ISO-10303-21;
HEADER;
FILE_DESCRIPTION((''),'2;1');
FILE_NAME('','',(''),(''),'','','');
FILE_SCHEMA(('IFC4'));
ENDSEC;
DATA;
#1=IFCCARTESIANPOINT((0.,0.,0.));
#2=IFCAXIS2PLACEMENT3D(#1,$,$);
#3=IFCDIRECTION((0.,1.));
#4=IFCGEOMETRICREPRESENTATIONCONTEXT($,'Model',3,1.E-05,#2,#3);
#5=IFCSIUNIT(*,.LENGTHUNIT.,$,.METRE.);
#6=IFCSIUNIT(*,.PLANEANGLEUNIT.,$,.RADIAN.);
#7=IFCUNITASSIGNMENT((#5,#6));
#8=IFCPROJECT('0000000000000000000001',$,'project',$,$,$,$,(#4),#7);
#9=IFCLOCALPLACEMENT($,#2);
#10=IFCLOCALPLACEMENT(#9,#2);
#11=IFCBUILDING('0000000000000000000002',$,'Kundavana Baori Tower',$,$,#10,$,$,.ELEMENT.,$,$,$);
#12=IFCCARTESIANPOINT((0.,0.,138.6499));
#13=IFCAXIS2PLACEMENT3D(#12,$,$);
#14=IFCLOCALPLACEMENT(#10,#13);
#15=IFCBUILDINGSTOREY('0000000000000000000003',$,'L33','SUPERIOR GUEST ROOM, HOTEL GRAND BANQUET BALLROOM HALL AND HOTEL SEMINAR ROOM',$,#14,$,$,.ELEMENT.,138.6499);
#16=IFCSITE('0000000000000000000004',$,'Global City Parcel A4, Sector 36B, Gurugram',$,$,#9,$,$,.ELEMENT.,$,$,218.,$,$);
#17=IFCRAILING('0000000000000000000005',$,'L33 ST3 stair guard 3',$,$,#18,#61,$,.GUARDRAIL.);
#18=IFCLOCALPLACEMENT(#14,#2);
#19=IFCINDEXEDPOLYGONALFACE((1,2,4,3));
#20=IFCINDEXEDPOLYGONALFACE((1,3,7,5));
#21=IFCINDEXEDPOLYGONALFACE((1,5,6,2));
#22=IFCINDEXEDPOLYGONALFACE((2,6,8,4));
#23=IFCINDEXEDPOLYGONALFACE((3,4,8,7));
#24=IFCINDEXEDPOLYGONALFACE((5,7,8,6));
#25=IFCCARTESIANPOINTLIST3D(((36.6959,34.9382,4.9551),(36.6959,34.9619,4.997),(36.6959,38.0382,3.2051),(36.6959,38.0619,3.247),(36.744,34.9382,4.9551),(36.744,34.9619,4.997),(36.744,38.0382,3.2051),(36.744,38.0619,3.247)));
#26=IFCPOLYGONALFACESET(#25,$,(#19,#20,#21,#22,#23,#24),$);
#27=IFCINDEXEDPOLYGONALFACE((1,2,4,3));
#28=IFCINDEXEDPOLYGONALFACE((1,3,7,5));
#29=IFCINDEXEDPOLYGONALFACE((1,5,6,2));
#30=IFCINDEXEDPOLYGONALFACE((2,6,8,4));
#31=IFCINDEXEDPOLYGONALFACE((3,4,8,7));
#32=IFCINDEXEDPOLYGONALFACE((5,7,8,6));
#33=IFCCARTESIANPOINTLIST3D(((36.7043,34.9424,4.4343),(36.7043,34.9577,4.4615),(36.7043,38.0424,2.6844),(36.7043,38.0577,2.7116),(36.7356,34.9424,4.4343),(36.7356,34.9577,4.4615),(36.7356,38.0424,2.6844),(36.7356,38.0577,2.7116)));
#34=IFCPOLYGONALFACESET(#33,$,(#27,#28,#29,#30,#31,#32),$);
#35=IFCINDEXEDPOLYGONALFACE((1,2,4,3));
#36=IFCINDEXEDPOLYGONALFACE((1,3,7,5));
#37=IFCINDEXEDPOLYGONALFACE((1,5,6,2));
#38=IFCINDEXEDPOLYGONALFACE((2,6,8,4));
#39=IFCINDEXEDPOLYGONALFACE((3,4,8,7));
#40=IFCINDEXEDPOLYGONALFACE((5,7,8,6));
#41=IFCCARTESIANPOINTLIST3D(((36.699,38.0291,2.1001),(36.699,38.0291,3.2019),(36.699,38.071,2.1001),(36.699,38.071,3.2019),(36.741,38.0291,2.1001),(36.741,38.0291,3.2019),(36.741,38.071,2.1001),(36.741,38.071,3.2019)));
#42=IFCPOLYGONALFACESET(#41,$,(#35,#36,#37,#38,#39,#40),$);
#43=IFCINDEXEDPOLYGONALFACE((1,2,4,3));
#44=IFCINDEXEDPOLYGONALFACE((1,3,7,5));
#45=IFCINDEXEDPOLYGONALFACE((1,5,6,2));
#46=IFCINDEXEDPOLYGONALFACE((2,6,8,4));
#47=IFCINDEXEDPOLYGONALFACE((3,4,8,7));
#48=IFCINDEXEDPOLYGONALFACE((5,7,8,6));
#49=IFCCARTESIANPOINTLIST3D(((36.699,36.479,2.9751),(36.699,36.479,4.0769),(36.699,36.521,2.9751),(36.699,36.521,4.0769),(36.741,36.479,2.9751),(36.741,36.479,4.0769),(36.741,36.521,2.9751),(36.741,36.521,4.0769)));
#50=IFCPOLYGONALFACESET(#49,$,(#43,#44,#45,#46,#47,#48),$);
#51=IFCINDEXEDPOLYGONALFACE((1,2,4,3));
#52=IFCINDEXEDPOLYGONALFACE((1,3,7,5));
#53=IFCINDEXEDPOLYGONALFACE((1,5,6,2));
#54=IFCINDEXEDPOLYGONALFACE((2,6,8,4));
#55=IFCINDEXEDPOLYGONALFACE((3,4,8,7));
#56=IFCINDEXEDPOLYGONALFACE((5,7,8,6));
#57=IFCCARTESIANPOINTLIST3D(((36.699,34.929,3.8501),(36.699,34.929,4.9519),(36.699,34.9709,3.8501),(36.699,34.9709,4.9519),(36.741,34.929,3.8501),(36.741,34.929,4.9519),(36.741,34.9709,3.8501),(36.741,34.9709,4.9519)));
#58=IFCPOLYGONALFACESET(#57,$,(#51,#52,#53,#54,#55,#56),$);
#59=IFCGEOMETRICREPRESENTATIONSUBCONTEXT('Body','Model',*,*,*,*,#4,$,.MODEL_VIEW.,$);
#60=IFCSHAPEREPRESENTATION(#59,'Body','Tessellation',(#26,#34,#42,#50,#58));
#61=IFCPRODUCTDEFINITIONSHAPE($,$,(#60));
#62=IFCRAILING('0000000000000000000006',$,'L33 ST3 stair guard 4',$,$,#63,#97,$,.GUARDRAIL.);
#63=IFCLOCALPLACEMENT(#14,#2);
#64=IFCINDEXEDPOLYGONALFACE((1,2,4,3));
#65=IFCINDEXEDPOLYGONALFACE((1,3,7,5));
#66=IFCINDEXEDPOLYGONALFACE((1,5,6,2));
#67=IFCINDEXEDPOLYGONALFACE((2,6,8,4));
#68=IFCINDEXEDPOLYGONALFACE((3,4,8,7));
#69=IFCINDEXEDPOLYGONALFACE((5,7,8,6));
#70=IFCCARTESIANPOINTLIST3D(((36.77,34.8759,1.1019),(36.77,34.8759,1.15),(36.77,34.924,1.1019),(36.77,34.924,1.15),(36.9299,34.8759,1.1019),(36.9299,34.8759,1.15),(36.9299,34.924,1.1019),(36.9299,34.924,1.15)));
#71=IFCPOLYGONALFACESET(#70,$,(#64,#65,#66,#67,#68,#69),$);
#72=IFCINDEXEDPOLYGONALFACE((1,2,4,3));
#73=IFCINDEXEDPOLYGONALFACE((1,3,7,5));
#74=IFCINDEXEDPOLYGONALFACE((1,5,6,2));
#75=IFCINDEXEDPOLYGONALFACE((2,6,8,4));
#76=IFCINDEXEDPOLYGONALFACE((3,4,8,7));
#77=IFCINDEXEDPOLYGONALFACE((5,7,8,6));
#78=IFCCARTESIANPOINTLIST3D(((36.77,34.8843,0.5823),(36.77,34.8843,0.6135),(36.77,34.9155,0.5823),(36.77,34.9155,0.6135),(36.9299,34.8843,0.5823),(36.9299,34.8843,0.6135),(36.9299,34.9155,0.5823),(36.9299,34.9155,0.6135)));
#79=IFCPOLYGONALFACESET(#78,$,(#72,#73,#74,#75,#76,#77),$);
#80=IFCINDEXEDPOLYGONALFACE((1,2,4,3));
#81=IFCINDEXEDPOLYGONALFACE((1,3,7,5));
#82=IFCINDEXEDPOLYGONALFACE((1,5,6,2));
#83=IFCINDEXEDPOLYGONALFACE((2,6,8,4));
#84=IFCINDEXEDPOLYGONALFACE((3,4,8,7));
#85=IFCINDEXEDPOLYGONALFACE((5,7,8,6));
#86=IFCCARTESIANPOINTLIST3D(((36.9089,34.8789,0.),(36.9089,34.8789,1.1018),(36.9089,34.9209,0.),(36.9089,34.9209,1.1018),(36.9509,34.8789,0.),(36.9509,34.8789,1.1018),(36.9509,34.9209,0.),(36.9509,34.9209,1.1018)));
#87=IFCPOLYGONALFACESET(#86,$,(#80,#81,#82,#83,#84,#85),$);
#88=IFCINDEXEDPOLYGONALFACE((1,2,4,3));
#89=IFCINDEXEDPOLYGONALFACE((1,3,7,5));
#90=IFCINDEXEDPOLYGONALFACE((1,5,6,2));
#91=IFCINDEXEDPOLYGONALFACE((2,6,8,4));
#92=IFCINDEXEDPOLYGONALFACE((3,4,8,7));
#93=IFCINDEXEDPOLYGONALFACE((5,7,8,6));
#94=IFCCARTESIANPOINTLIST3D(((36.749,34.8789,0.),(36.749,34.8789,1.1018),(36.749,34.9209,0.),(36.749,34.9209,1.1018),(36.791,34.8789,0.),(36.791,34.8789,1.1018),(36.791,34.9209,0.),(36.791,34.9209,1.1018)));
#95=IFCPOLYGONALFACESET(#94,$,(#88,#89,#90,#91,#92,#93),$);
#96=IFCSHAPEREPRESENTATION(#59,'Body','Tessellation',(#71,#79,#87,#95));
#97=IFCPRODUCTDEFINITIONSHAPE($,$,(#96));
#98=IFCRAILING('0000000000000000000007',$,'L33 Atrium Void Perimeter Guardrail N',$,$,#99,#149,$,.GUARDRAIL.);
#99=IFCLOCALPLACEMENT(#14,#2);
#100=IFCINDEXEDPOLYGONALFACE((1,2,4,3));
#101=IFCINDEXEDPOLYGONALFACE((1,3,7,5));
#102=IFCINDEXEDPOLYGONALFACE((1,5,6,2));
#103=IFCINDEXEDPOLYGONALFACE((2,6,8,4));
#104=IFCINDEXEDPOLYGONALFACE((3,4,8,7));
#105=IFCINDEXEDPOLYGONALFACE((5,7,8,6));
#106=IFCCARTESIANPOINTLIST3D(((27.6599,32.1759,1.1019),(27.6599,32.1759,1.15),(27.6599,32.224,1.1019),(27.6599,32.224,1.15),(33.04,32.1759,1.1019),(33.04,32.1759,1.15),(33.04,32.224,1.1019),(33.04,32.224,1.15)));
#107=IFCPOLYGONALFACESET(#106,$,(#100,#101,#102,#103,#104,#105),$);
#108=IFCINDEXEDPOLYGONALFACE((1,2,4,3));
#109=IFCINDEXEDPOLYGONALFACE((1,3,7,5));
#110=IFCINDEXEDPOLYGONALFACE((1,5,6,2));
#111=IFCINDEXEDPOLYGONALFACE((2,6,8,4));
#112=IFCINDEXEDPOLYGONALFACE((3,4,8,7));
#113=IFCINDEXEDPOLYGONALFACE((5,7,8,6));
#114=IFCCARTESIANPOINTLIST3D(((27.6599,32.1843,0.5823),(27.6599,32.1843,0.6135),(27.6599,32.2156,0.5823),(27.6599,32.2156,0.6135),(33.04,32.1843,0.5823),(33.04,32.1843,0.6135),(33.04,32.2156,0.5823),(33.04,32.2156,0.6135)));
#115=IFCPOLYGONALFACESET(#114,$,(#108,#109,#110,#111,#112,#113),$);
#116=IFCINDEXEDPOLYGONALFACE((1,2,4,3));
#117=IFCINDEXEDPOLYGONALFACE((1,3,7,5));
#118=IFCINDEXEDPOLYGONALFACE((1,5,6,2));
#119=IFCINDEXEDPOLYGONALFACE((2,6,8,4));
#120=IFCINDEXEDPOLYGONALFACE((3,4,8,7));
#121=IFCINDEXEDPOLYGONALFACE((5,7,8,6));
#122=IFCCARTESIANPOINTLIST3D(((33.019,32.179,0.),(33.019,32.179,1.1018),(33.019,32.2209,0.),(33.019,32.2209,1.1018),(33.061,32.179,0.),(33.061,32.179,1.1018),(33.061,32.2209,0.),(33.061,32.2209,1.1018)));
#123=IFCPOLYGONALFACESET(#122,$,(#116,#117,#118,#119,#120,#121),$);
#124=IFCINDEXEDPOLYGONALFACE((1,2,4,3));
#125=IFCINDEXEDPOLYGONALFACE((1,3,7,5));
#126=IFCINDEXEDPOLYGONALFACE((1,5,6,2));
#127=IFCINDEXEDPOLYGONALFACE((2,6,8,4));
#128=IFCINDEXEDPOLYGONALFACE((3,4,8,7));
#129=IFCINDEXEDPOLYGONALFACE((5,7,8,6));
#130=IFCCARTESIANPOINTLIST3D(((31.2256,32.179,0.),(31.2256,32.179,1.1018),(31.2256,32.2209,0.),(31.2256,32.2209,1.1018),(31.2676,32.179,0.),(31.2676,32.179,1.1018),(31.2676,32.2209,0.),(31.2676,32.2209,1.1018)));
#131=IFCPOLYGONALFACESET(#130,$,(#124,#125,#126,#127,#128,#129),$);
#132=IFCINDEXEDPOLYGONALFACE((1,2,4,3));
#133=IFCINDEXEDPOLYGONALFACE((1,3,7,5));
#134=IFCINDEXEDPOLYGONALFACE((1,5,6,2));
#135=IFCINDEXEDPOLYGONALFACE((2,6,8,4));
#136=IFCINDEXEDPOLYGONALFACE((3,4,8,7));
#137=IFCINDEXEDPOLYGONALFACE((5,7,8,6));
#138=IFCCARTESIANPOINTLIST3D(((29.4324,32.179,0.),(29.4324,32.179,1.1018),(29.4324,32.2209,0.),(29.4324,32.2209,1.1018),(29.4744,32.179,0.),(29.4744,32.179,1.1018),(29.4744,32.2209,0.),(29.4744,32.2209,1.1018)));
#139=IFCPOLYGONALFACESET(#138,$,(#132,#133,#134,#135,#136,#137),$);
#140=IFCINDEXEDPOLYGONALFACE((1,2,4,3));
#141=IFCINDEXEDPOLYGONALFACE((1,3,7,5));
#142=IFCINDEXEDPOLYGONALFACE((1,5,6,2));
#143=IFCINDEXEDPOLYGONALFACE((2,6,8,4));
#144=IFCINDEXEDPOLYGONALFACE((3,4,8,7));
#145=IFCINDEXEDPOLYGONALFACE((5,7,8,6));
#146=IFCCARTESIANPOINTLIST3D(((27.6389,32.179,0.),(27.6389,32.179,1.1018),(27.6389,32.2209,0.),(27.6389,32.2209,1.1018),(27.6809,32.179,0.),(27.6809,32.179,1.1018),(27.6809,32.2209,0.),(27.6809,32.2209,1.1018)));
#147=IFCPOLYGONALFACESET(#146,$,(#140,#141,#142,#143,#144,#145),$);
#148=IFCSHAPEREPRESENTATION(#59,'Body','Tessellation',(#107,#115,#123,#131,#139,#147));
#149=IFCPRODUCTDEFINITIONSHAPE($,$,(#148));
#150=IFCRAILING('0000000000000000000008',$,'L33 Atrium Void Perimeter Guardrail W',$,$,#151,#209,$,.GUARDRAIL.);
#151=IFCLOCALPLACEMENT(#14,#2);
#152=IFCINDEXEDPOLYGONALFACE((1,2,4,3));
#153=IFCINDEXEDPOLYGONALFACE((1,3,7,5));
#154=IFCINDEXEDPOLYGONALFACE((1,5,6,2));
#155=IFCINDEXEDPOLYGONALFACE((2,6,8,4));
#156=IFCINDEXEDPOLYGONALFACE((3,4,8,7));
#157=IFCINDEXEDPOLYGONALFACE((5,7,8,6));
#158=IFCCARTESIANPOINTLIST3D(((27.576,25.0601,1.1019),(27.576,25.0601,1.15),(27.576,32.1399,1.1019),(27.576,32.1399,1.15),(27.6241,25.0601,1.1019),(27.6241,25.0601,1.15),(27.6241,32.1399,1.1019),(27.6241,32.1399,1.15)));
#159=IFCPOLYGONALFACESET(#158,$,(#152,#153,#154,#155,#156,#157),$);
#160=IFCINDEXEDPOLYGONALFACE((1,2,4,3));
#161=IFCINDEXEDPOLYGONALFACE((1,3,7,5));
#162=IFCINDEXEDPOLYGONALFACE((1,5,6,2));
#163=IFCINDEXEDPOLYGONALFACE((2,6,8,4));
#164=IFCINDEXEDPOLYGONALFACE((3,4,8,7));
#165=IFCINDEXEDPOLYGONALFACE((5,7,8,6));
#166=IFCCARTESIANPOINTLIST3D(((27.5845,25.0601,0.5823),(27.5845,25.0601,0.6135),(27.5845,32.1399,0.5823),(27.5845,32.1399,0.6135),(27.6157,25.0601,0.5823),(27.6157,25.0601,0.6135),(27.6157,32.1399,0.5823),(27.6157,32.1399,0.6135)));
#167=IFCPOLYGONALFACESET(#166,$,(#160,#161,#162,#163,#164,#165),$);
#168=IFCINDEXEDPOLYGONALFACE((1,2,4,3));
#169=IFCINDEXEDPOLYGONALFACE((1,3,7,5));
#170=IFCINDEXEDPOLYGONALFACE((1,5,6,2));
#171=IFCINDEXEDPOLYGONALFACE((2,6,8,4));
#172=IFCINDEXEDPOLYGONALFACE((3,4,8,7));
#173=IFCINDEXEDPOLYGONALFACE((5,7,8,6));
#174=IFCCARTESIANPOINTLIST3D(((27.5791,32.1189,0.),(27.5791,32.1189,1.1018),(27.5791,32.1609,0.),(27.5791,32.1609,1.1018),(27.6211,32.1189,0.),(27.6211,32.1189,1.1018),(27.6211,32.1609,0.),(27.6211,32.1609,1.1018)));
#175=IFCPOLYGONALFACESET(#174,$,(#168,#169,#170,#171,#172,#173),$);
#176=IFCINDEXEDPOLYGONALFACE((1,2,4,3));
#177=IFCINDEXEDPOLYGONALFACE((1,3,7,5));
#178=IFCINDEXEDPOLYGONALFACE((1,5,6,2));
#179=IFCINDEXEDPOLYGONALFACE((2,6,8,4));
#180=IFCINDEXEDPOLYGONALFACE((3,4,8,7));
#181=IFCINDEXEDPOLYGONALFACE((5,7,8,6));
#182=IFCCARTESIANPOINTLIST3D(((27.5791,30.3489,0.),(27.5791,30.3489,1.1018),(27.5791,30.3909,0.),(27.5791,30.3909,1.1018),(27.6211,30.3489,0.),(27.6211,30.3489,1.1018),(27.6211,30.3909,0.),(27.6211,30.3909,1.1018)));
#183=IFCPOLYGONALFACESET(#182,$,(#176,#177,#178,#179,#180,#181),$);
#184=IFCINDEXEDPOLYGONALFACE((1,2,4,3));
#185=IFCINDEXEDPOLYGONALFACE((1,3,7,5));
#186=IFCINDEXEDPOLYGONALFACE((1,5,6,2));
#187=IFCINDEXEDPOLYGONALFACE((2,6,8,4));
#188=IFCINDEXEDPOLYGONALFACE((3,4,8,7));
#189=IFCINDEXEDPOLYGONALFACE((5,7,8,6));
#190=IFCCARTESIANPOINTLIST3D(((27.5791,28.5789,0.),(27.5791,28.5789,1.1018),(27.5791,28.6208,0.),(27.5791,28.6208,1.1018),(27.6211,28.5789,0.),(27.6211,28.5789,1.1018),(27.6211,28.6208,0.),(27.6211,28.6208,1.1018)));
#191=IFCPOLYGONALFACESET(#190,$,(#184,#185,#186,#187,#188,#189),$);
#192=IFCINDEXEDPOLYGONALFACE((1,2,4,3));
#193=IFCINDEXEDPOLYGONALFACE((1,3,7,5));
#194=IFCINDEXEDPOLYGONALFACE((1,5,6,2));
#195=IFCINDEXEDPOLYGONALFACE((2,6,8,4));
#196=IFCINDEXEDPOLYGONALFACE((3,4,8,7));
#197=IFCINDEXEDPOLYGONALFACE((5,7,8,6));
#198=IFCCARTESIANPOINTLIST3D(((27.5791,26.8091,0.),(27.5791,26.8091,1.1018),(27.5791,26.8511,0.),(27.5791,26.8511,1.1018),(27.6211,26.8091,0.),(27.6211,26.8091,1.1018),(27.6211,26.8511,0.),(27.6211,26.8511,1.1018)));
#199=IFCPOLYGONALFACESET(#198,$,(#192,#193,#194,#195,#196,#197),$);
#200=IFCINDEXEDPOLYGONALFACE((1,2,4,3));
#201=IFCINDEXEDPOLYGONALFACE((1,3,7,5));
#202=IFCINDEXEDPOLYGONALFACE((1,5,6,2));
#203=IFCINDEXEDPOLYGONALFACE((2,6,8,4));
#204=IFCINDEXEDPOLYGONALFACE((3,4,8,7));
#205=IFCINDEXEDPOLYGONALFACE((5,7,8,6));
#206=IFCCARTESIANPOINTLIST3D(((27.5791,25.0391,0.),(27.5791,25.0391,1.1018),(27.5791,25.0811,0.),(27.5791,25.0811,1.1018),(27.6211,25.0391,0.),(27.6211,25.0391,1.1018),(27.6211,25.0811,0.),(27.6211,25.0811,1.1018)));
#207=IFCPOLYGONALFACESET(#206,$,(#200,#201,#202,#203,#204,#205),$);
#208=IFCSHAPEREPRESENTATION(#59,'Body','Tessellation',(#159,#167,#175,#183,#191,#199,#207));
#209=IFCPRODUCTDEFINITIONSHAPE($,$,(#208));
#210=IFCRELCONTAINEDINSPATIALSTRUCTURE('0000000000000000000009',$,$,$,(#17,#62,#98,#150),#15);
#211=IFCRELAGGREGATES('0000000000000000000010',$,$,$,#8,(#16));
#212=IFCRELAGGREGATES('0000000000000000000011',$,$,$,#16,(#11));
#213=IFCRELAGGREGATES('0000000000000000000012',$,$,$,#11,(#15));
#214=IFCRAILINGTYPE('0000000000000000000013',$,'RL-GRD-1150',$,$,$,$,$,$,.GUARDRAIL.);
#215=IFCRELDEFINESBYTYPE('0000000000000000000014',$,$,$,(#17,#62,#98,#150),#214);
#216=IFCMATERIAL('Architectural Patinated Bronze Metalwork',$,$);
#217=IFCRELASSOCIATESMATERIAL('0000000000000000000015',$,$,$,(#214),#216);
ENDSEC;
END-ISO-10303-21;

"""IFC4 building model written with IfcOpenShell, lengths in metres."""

from ifc_helpers import new_model, si_unit, direction, frame, origin, origin_2d, place, context, subcontext, project, spatial, rectangle, extrude, material, type_object, element, save


model = new_model("IFC4")

# Units and contexts
model_context = context("Model", 3, precision=1e-05, world=origin(), true_north=direction((0.0, 1.0)))
body_context = subcontext(model_context, "Body", "Model", "MODEL_VIEW")
ifc_project = project(units=[si_unit("LENGTHUNIT", "METRE"), si_unit("PLANEANGLEUNIT", "RADIAN")], contexts=[model_context])

# Site, building, storey
site_placement = place(None, origin())
site = spatial("IfcSite", under=ifc_project, at=site_placement, Name="Global City Parcel A4, Sector 36B, Gurugram", CompositionType="ELEMENT", RefElevation=218.0)
building_placement = place(site_placement, origin())
building = spatial("IfcBuilding", under=site, at=building_placement, Name="Kundavana Baori Tower", CompositionType="ELEMENT")
storey_placement = place(building_placement, frame((0.0, 0.0, 138.6499)))
storey = spatial("IfcBuildingStorey", under=building, at=storey_placement, Name="L33", Description="SUPERIOR GUEST ROOM, HOTEL GRAND BANQUET BALLROOM HALL AND HOTEL SEMINAR ROOM", CompositionType="ELEMENT", Elevation=138.6499)

# Railings
ifc_material_1 = material(Name="Architectural Patinated Bronze Metalwork")
railing_type_1 = type_object("IfcRailingType", Name="RL-GRD-1150", PredefinedType="GUARDRAIL", material=ifc_material_1)
railing_1_placement = place(storey_placement, frame((36.72, 38.05, 2.1001)))
element("IfcRailing", 1, at=railing_1_placement, inside=storey, type_object=railing_type_1, Name="L33 ST3 stair guard 3", PredefinedType="GUARDRAIL", context=body_context, shape_type="SweptSolid", body=[
    extrude(rectangle(XDim=0.0481, YDim=0.0481, at=origin_2d()), frame((0.0, 0.0, 1.126), z_axis=(0.0, -0.870831, 0.491583), x_axis=(1.0, 0.0, 0.0)), (0.0, 0.0, 1.0), 3.5598),
    extrude(rectangle(XDim=0.0312, YDim=0.0312, at=origin_2d()), frame((0.0, 0.0, 0.5979), z_axis=(0.0, -0.870831, 0.491583), x_axis=(1.0, 0.0, 0.0)), (0.0, 0.0, 1.0), 3.5598),
    extrude(rectangle(XDim=0.042, YDim=0.042, at=origin_2d()), origin(), (0.0, 0.0, 1.0), 1.1018),
    extrude(rectangle(XDim=0.042, YDim=0.042, at=origin_2d()), frame((0.0, -1.55, 0.875)), (0.0, 0.0, 1.0), 1.1018),
    extrude(rectangle(XDim=0.042, YDim=0.042, at=origin_2d()), frame((0.0, -3.1001, 1.75)), (0.0, 0.0, 1.0), 1.1018),
])
railing_2_placement = place(storey_placement, frame((36.9299, 34.8999, 0.0)))
element("IfcRailing", 2, at=railing_2_placement, inside=storey, type_object=railing_type_1, Name="L33 ST3 stair guard 4", PredefinedType="GUARDRAIL", context=body_context, shape_type="SweptSolid", body=[
    extrude(rectangle(XDim=0.0481, YDim=0.0481, at=origin_2d()), frame((0.0, 0.0, 1.126), z_axis=(-1.0, 0.0, 0.0), x_axis=(0.0, -1.0, 0.0)), (0.0, 0.0, 1.0), 0.1599),
    extrude(rectangle(XDim=0.0312, YDim=0.0312, at=origin_2d()), frame((0.0, 0.0, 0.5979), z_axis=(-1.0, 0.0, 0.0), x_axis=(0.0, -1.0, 0.0)), (0.0, 0.0, 1.0), 0.1599),
    extrude(rectangle(XDim=0.042, YDim=0.042, at=origin_2d()), origin(), (0.0, 0.0, 1.0), 1.1018),
    extrude(rectangle(XDim=0.042, YDim=0.042, at=origin_2d()), frame((-0.1599, 0.0, 0.0)), (0.0, 0.0, 1.0), 1.1018),
])
railing_3_placement = place(storey_placement, frame((33.04, 32.2, 0.0)))
element("IfcRailing", 3, at=railing_3_placement, inside=storey, type_object=railing_type_1, Name="L33 Atrium Void Perimeter Guardrail N", PredefinedType="GUARDRAIL", context=body_context, shape_type="SweptSolid", body=[
    extrude(rectangle(XDim=0.0481, YDim=0.0481, at=origin_2d()), frame((0.0, 0.0, 1.126), z_axis=(-1.0, 0.0, 0.0), x_axis=(0.0, -1.0, 0.0)), (0.0, 0.0, 1.0), 5.3801),
    extrude(rectangle(XDim=0.0312, YDim=0.0312, at=origin_2d()), frame((0.0, 0.0, 0.5979), z_axis=(-1.0, 0.0, 0.0), x_axis=(0.0, -1.0, 0.0)), (0.0, 0.0, 1.0), 5.3801),
    extrude(rectangle(XDim=0.042, YDim=0.042, at=origin_2d()), origin(), (0.0, 0.0, 1.0), 1.1018),
    extrude(rectangle(XDim=0.042, YDim=0.042, at=origin_2d()), frame((-1.7935, 0.0, 0.0)), (0.0, 0.0, 1.0), 1.1018),
    extrude(rectangle(XDim=0.042, YDim=0.042, at=origin_2d()), frame((-3.5867, 0.0, 0.0)), (0.0, 0.0, 1.0), 1.1018),
    extrude(rectangle(XDim=0.042, YDim=0.042, at=origin_2d()), frame((-5.3801, 0.0, 0.0)), (0.0, 0.0, 1.0), 1.1018),
])
railing_4_placement = place(storey_placement, frame((27.6001, 32.1399, 0.0)))
element("IfcRailing", 4, at=railing_4_placement, inside=storey, type_object=railing_type_1, Name="L33 Atrium Void Perimeter Guardrail W", PredefinedType="GUARDRAIL", context=body_context, shape_type="SweptSolid", body=[
    extrude(rectangle(XDim=0.0481, YDim=0.0481, at=origin_2d()), frame((0.0, 0.0, 1.126), z_axis=(0.0, -1.0, 0.0), x_axis=(1.0, 0.0, 0.0)), (0.0, 0.0, 1.0), 7.0798),
    extrude(rectangle(XDim=0.0312, YDim=0.0312, at=origin_2d()), frame((0.0, 0.0, 0.5979), z_axis=(0.0, -1.0, 0.0), x_axis=(1.0, 0.0, 0.0)), (0.0, 0.0, 1.0), 7.0798),
    extrude(rectangle(XDim=0.042, YDim=0.042, at=origin_2d()), origin(), (0.0, 0.0, 1.0), 1.1018),
    extrude(rectangle(XDim=0.042, YDim=0.042, at=origin_2d()), frame((0.0, -1.77, 0.0)), (0.0, 0.0, 1.0), 1.1018),
    extrude(rectangle(XDim=0.042, YDim=0.042, at=origin_2d()), frame((0.0, -3.54, 0.0)), (0.0, 0.0, 1.0), 1.1018),
    extrude(rectangle(XDim=0.042, YDim=0.042, at=origin_2d()), frame((0.0, -5.3098, 0.0)), (0.0, 0.0, 1.0), 1.1018),
    extrude(rectangle(XDim=0.042, YDim=0.042, at=origin_2d()), frame((0.0, -7.0798, 0.0)), (0.0, 0.0, 1.0), 1.1018),
])

save(model, "model.ifc")
